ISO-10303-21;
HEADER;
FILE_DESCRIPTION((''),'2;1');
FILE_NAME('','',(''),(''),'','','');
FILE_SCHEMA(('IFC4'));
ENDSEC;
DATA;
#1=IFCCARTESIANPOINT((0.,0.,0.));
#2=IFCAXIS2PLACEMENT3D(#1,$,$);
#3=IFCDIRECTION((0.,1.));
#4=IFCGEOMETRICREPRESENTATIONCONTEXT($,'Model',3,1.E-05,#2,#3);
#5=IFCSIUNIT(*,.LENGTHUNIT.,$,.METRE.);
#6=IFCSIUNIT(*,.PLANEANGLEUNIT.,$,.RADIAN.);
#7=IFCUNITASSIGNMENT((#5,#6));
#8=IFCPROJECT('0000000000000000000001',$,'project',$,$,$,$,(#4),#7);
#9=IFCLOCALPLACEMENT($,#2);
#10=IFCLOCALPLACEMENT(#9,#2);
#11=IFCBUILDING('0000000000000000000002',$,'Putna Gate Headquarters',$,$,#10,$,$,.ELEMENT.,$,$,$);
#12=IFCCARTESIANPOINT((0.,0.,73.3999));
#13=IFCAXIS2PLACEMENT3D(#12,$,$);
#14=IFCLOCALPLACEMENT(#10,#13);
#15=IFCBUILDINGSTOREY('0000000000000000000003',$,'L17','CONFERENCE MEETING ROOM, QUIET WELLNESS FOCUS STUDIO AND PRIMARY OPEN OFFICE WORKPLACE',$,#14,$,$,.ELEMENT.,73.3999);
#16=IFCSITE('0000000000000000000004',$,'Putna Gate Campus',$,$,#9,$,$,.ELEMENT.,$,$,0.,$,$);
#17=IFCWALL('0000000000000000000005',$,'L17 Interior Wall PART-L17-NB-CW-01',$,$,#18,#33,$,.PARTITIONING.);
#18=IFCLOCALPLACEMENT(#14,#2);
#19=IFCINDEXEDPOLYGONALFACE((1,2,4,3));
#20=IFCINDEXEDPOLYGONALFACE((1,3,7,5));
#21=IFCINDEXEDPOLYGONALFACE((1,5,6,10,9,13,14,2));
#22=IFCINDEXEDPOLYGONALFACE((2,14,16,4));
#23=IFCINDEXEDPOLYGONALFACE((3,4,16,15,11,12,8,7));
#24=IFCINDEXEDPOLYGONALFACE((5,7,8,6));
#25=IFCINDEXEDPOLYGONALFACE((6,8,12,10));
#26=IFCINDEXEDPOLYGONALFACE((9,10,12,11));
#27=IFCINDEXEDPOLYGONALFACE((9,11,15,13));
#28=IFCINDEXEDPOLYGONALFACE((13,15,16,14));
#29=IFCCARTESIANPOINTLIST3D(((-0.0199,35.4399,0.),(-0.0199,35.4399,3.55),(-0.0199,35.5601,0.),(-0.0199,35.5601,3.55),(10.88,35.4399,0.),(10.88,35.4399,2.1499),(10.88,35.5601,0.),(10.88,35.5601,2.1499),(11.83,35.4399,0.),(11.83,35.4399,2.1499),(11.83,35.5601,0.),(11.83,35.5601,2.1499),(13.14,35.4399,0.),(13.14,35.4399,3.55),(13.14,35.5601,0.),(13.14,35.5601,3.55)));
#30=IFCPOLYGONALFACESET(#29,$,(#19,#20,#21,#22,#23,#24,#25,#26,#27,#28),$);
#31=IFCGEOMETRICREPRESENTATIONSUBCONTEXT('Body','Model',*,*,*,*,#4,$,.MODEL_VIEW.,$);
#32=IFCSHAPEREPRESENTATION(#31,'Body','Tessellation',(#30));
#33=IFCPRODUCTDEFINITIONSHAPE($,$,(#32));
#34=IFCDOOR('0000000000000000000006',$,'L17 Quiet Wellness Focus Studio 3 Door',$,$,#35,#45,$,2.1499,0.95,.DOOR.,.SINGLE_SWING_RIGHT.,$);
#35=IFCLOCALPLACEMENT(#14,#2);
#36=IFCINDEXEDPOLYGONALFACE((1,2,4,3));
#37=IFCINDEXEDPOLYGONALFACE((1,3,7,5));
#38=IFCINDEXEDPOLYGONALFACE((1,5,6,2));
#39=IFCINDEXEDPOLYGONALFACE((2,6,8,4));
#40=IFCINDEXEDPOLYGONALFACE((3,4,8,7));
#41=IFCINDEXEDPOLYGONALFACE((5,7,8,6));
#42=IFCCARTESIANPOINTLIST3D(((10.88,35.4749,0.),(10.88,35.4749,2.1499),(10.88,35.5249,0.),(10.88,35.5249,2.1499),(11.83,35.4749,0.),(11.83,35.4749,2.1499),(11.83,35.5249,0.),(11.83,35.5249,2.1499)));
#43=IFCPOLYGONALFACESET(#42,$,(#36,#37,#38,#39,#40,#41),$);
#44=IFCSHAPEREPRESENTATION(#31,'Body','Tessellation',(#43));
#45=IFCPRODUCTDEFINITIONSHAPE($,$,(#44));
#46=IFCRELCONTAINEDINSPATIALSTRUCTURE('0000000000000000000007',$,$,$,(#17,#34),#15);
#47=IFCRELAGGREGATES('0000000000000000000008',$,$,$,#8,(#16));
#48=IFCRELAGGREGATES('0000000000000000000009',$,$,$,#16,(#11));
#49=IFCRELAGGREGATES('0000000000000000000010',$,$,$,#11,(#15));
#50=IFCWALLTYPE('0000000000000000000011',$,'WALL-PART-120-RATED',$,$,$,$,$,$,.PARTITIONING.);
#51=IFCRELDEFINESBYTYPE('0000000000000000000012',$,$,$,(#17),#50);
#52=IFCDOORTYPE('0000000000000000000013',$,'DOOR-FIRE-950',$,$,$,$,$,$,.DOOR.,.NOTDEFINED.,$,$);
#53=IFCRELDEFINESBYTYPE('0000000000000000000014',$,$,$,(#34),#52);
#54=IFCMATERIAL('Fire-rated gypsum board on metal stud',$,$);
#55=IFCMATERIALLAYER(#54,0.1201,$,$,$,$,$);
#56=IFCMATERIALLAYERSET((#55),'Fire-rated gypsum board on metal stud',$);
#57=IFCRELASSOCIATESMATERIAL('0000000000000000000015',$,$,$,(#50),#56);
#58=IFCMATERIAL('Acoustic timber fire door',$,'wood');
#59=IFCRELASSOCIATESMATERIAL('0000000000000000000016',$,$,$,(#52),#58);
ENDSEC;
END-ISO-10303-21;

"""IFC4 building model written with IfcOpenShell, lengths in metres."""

from ifc_helpers import new_model, si_unit, direction, frame, frame_2d, origin, place, context, subcontext, project, spatial, rectangle, extrude, material, layer, layer_set, type_object, element, fill, save


model = new_model("IFC4")

# Units and contexts
model_context = context("Model", 3, precision=1e-05, world=origin(), true_north=direction((0.0, 1.0)))
body_context = subcontext(model_context, "Body", "Model", "MODEL_VIEW")
ifc_project = project(units=[si_unit("LENGTHUNIT", "METRE"), si_unit("PLANEANGLEUNIT", "RADIAN")], contexts=[model_context])

# Site, building, storey
site_placement = place(None, origin())
site = spatial("IfcSite", under=ifc_project, at=site_placement, Name="Putna Gate Campus", CompositionType="ELEMENT", RefElevation=0.0)
building_placement = place(site_placement, origin())
building = spatial("IfcBuilding", under=site, at=building_placement, Name="Putna Gate Headquarters", CompositionType="ELEMENT")
storey_placement = place(building_placement, frame((0.0, 0.0, 73.3999)))
storey = spatial("IfcBuildingStorey", under=building, at=storey_placement, Name="L17", Description="CONFERENCE MEETING ROOM, QUIET WELLNESS FOCUS STUDIO AND PRIMARY OPEN OFFICE WORKPLACE", CompositionType="ELEMENT", Elevation=73.3999)

# Shared definitions
ifc_material_1 = material(Name="Fire-rated gypsum board on metal stud")
ifc_layer_1 = layer(ifc_material_1, 0.1201)
ifc_layer_set_1 = layer_set([ifc_layer_1], Name="Fire-rated gypsum board on metal stud")
wall_type_1 = type_object("IfcWallType", Name="WALL-PART-120-RATED", PredefinedType="PARTITIONING", material=ifc_layer_set_1)
ifc_material_2 = material(Name="Acoustic timber fire door", Category="wood")
door_type_1 = type_object("IfcDoorType", Name="DOOR-FIRE-950", OperationType="NOTDEFINED", PredefinedType="DOOR", material=ifc_material_2)

# Wall, opening, door
wall_1_placement = place(storey_placement, frame((-0.02, 35.5, 0.0), z_axis=(0.0, 0.0, 1.0), x_axis=(1.0, 0.0, 0.0)))
wall_1 = element("IfcWall", 1, at=wall_1_placement, inside=storey, type_object=wall_type_1, Name="L17 Interior Wall PART-L17-NB-CW-01", PredefinedType="PARTITIONING", context=body_context, shape_type="SweptSolid", body=[
    extrude(rectangle(XDim=13.1599, YDim=0.1201, at=frame_2d((6.5801, 0.0))), origin(), (0.0, 0.0, 1.0), 3.55),
])
opening_1_placement = place(wall_1_placement, frame((10.8999, 0.0, 0.0)))
opening_1 = element("IfcOpeningElement", 2, at=opening_1_placement, cuts=wall_1, PredefinedType="OPENING", context=body_context, shape_type="SweptSolid", body=[
    extrude(rectangle(XDim=0.95, YDim=2.1499, at=frame_2d((0.4751, 1.075))), frame((0.0, 0.0701, 0.0), z_axis=(0.0, -1.0, 0.0), x_axis=(1.0, 0.0, 0.0)), (0.0, 0.0, 1.0), 0.1401),
])
door_1_placement = place(opening_1_placement, origin())
door_1 = element("IfcDoor", 3, at=door_1_placement, inside=storey, type_object=door_type_1, Name="L17 Quiet Wellness Focus Studio 3 Door", OperationType="SINGLE_SWING_RIGHT", OverallHeight=2.1499, OverallWidth=0.95, PredefinedType="DOOR", context=body_context, shape_type="SweptSolid", body=[
    extrude(rectangle(XDim=0.95, YDim=2.1499, at=frame_2d((0.4751, 1.075))), frame((0.0, 0.0249, 0.0), z_axis=(0.0, -1.0, 0.0), x_axis=(1.0, 0.0, 0.0)), (0.0, 0.0, 1.0), 0.05),
])
fill(opening_1, door_1)

save(model, "model.ifc")
